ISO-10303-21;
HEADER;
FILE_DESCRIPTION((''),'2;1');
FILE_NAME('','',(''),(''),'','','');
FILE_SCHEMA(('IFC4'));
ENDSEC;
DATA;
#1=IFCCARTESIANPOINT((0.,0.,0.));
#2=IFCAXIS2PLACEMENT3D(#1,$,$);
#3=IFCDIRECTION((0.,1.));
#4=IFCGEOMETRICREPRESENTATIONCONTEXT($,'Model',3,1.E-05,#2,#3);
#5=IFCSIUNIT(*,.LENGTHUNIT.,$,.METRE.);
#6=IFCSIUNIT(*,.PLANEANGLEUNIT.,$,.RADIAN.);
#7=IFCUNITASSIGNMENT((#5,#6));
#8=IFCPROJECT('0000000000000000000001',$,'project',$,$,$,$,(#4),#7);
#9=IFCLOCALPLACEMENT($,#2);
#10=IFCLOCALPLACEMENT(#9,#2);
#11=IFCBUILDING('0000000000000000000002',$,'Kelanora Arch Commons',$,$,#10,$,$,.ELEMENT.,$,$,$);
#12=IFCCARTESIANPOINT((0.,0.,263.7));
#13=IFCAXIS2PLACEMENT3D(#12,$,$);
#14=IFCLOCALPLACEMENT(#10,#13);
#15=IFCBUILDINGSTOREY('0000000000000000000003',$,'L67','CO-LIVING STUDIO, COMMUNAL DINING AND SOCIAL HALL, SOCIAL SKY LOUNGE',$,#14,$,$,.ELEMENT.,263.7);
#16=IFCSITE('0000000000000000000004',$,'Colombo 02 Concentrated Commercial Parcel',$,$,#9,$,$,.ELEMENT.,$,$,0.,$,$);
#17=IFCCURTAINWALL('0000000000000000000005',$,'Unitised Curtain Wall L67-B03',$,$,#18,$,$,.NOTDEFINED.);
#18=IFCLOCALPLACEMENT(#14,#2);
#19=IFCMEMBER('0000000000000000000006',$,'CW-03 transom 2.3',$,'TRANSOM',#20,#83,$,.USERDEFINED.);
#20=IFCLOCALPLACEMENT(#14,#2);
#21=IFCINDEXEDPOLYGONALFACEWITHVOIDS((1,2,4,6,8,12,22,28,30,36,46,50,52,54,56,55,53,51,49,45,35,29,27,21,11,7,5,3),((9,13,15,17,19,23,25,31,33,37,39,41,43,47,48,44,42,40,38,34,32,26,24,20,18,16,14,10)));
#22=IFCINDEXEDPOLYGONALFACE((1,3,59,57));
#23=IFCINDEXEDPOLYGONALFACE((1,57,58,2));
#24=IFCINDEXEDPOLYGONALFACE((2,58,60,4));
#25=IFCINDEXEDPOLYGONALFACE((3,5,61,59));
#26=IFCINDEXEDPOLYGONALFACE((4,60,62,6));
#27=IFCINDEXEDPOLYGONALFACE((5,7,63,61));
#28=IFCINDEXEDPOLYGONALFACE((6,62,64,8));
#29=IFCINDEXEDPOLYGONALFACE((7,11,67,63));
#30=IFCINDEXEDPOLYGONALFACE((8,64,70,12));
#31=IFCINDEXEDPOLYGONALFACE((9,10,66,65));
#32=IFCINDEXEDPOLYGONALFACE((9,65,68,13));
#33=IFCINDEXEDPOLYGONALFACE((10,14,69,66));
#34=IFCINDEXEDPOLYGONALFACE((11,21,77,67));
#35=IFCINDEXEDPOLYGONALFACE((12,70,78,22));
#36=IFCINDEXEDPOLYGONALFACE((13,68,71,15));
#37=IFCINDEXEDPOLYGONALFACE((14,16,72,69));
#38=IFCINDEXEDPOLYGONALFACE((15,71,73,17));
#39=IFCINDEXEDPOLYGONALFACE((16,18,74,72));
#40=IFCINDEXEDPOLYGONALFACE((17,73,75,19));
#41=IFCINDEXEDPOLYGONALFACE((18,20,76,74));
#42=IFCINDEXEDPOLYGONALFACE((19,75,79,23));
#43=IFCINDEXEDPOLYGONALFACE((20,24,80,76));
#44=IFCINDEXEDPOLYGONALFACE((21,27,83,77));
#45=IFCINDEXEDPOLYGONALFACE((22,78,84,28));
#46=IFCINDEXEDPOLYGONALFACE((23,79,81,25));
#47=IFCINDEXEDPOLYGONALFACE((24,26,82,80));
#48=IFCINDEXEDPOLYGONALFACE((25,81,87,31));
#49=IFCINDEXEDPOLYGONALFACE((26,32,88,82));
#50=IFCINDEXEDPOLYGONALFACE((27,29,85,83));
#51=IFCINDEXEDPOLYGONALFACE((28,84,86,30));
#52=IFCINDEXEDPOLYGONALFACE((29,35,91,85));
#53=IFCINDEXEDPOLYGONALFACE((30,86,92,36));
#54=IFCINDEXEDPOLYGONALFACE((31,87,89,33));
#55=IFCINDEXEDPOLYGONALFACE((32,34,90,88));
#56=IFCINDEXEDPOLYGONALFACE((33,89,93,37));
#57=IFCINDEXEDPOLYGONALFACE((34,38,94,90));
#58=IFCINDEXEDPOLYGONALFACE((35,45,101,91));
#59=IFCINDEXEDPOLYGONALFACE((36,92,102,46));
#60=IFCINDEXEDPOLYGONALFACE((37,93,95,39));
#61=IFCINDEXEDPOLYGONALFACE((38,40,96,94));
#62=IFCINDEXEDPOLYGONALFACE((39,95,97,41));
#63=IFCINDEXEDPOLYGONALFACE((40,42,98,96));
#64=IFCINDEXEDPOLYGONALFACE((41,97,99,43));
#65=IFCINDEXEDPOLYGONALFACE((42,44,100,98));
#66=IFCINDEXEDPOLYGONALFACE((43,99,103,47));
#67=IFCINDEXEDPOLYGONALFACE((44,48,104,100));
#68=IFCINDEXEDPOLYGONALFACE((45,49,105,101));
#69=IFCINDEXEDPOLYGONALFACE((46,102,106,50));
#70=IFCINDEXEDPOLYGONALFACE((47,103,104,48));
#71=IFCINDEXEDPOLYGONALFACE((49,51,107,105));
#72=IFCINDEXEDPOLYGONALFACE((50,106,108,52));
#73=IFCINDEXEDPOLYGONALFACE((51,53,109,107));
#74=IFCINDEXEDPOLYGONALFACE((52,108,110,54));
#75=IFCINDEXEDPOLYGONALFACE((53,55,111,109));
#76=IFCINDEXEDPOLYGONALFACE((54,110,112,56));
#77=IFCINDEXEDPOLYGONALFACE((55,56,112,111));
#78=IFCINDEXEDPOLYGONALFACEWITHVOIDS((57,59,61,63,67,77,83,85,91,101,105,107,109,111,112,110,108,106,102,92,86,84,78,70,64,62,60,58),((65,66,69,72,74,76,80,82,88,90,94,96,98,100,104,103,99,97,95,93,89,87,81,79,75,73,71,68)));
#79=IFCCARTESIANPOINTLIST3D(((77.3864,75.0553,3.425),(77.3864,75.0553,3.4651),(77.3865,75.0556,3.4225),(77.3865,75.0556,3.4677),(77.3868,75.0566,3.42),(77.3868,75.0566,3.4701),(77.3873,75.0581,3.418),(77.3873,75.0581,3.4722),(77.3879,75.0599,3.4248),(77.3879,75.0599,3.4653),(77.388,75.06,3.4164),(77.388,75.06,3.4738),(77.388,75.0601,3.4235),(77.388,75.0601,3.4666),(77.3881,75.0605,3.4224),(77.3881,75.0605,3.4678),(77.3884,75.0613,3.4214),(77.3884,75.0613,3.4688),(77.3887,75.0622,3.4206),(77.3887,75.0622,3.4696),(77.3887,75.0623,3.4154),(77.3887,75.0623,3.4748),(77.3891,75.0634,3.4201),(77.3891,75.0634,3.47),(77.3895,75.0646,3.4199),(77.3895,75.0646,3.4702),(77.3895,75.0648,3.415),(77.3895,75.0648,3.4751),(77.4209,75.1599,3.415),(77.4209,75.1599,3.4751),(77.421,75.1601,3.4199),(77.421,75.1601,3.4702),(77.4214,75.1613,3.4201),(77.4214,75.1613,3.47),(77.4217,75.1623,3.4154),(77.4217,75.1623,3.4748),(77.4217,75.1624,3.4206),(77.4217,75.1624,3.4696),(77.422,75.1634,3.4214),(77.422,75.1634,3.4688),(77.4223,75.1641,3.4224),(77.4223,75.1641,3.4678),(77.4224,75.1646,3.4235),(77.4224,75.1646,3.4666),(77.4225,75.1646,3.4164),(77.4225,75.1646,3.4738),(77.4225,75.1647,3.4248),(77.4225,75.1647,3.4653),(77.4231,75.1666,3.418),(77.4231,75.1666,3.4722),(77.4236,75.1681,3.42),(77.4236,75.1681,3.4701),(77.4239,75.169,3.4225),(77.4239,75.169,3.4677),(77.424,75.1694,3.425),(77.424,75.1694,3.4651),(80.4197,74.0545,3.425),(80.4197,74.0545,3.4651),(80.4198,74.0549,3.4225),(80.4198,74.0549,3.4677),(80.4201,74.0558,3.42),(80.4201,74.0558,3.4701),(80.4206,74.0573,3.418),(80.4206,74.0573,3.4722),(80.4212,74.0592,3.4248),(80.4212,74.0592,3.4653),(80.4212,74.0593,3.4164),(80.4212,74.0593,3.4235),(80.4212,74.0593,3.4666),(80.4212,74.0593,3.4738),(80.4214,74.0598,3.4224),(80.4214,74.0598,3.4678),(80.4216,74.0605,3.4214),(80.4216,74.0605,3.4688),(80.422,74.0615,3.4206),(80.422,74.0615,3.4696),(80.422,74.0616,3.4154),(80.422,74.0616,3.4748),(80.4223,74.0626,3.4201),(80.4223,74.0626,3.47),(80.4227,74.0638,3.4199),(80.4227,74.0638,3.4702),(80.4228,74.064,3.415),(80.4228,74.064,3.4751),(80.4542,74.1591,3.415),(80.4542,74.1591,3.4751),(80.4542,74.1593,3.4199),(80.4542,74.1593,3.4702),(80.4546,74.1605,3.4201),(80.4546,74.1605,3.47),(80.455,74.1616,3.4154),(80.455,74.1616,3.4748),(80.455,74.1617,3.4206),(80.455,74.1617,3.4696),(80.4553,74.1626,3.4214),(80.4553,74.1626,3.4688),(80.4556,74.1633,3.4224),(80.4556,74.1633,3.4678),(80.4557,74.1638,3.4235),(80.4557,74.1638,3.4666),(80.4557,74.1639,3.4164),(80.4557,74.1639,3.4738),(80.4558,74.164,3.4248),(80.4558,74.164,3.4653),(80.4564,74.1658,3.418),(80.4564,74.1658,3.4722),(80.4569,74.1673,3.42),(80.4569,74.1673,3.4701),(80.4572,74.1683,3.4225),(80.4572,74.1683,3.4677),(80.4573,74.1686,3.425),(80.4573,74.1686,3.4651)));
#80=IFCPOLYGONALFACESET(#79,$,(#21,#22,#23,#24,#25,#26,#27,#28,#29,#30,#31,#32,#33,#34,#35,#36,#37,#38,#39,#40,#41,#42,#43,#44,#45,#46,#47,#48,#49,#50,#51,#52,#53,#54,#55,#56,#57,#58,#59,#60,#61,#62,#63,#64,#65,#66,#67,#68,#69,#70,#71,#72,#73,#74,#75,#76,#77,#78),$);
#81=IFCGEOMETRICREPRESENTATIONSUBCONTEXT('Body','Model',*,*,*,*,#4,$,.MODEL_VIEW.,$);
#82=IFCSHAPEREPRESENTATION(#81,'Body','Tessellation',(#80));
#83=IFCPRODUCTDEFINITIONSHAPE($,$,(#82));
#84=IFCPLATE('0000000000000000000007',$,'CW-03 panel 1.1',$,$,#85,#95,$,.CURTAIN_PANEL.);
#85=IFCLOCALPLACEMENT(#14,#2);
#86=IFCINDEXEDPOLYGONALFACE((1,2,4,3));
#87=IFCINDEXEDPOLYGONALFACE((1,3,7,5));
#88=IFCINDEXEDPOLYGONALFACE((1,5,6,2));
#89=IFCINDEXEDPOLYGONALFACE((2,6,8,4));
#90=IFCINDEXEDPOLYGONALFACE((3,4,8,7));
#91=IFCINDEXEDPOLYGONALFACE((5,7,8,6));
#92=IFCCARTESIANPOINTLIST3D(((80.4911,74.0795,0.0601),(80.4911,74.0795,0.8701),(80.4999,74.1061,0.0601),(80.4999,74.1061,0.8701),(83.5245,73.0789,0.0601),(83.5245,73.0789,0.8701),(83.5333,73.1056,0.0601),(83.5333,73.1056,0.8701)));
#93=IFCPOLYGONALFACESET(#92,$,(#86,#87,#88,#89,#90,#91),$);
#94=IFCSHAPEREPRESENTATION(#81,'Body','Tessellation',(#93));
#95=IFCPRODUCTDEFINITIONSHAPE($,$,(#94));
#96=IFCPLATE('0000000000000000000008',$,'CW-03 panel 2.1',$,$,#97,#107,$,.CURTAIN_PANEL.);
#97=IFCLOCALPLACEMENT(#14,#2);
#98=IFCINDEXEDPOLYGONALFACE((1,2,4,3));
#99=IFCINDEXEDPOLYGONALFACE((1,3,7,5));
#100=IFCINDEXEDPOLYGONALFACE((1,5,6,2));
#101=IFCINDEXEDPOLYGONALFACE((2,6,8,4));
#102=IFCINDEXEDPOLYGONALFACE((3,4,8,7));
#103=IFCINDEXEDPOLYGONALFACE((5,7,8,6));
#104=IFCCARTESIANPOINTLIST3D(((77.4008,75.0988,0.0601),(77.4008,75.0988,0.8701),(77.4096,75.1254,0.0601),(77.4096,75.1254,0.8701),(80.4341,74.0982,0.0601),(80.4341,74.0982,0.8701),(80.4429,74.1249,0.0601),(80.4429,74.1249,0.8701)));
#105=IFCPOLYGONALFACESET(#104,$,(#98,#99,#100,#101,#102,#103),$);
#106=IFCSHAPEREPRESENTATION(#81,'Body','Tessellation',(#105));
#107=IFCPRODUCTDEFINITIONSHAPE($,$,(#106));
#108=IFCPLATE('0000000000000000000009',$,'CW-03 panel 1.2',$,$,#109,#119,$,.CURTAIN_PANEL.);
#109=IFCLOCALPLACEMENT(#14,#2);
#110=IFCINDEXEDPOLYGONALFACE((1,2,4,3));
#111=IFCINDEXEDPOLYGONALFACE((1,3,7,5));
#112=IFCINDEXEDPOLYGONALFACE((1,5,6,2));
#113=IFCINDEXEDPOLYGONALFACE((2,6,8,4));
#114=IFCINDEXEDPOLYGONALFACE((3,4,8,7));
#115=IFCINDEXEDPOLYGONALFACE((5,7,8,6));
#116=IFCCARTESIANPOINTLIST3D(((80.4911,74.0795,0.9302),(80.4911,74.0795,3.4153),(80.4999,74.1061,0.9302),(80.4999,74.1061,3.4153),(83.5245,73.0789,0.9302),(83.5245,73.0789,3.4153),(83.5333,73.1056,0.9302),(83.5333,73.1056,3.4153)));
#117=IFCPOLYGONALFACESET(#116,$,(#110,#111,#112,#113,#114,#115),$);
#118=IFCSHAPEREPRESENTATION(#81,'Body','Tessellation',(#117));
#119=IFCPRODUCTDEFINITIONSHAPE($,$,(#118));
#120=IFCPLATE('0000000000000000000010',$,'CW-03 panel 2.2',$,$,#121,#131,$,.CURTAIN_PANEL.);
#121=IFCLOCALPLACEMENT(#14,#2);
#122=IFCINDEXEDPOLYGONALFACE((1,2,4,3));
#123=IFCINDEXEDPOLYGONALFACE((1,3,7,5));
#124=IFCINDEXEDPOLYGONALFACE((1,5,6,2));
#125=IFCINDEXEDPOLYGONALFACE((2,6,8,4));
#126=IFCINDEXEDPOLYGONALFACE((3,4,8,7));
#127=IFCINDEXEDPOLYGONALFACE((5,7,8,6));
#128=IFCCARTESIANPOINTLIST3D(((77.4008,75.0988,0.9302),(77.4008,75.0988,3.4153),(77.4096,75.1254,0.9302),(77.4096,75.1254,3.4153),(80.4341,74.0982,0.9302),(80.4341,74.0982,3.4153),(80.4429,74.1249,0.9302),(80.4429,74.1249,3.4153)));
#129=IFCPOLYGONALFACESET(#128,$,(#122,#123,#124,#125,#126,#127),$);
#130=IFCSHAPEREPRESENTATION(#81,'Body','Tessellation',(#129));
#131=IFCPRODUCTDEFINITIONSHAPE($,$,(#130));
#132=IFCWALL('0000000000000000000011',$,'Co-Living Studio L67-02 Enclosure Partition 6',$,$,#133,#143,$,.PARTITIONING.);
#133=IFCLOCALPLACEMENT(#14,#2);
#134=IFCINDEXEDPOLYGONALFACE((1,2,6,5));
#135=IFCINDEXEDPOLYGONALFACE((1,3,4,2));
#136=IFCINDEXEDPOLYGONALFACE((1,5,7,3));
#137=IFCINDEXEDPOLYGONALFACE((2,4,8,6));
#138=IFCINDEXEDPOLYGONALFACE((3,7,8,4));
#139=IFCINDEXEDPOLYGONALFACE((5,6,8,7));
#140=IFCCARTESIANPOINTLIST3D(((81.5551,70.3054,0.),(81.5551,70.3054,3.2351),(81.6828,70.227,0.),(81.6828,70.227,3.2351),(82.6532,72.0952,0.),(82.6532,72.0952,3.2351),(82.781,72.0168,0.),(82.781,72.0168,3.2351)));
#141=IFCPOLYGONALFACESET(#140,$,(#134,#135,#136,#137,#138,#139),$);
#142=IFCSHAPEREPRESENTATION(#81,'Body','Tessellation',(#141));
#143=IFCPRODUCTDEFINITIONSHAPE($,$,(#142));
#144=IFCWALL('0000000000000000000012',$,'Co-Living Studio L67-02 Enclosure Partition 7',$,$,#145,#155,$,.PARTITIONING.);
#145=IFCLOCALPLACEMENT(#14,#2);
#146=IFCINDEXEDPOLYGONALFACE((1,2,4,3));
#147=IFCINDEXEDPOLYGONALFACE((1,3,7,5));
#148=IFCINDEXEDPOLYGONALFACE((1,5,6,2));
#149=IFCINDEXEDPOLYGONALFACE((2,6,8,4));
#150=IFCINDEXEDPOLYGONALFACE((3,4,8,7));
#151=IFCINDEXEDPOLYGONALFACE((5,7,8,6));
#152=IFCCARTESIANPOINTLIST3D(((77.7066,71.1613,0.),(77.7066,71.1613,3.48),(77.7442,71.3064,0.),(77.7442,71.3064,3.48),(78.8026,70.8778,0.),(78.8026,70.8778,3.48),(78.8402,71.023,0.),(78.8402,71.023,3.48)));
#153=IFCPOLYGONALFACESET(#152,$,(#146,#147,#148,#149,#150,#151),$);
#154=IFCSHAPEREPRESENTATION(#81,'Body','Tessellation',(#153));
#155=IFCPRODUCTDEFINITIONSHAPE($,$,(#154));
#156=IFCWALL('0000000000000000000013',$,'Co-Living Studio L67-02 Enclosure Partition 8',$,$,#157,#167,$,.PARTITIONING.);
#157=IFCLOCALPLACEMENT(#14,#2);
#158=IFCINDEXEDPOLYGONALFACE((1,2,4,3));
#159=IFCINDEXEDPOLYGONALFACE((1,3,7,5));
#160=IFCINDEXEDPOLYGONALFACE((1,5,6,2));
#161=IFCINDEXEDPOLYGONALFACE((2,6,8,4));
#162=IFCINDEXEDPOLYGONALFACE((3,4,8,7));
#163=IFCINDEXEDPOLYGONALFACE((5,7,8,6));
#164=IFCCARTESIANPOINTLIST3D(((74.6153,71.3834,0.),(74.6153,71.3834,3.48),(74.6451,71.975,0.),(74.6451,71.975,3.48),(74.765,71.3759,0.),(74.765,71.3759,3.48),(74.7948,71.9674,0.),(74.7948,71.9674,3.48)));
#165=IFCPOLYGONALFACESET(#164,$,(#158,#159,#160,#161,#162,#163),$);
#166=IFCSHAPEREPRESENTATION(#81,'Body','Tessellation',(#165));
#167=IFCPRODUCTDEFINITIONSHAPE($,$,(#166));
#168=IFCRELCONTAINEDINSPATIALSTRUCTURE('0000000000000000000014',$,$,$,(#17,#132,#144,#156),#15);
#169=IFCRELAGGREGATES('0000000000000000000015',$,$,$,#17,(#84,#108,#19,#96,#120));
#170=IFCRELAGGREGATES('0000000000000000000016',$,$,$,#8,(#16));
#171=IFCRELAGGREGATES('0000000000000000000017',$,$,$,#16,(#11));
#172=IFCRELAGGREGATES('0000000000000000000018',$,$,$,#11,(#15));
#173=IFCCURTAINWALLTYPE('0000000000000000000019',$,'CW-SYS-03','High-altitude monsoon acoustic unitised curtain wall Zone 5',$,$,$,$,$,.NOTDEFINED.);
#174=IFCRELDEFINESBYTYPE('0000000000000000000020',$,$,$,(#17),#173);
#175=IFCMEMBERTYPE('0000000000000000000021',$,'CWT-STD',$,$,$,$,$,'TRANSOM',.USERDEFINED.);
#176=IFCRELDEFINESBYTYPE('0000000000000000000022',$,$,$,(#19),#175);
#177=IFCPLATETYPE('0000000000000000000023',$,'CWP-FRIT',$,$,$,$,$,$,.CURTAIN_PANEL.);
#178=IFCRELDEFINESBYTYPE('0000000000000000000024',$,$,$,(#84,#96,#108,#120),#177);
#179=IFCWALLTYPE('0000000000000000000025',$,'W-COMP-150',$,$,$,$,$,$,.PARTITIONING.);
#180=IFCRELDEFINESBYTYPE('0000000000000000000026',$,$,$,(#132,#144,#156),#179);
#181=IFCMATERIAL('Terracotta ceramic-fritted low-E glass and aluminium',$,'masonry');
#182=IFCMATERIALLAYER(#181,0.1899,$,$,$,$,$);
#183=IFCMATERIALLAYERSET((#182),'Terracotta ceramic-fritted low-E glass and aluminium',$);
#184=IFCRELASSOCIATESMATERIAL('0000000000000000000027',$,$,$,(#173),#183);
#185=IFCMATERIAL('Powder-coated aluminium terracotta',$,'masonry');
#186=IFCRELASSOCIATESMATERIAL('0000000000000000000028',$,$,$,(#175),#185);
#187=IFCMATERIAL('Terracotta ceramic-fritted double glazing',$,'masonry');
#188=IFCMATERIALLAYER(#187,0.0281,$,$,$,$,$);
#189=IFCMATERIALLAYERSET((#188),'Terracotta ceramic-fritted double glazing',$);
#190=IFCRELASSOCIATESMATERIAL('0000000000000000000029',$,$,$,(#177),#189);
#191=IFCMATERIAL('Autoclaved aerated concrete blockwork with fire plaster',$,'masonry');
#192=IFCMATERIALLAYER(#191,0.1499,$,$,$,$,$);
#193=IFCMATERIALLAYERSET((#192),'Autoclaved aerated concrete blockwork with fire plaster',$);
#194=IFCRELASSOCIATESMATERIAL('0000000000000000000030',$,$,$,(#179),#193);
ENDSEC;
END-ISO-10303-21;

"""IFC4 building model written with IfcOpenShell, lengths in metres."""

from ifc_helpers import new_model, si_unit, direction, frame, frame_2d, origin, origin_2d, place, context, subcontext, project, spatial, rectangle, hollow_rectangle, extrude, source, transform, mapped, material, layer, layer_set, material_profile, profile_set, type_object, element, aggregate, save


model = new_model("IFC4")

# Units and contexts
model_context = context("Model", 3, precision=1e-05, world=origin(), true_north=direction((0.0, 1.0)))
body_context = subcontext(model_context, "Body", "Model", "MODEL_VIEW")
ifc_project = project(units=[si_unit("LENGTHUNIT", "METRE"), si_unit("PLANEANGLEUNIT", "RADIAN")], contexts=[model_context])

# Site, building, storey
site_placement = place(None, origin())
site = spatial("IfcSite", under=ifc_project, at=site_placement, Name="Colombo 02 Concentrated Commercial Parcel", CompositionType="ELEMENT", RefElevation=0.0)
building_placement = place(site_placement, origin())
building = spatial("IfcBuilding", under=site, at=building_placement, Name="Kelanora Arch Commons", CompositionType="ELEMENT")
storey_placement = place(building_placement, frame((0.0, 0.0, 263.7)))
storey = spatial("IfcBuildingStorey", under=building, at=storey_placement, Name="L67", Description="CO-LIVING STUDIO, COMMUNAL DINING AND SOCIAL HALL, SOCIAL SKY LOUNGE", CompositionType="ELEMENT", Elevation=263.7)

# Curtain wall, member, plates
ifc_material_1 = material(Name="Terracotta ceramic-fritted low-E glass and aluminium", Category="masonry")
ifc_layer_1 = layer(ifc_material_1, 0.1899)
ifc_layer_set_1 = layer_set([ifc_layer_1], Name="Terracotta ceramic-fritted low-E glass and aluminium")
curtain_wall_type = type_object("IfcCurtainWallType", Name="CW-SYS-03", Description="High-altitude monsoon acoustic unitised curtain wall Zone 5", PredefinedType="NOTDEFINED", material=ifc_layer_set_1)
curtain_wall_placement = place(storey_placement, origin())
curtain_wall = element("IfcCurtainWall", 1, at=curtain_wall_placement, inside=storey, type_object=curtain_wall_type, Name="Unitised Curtain Wall L67-B03", PredefinedType="NOTDEFINED")
ifc_material_2 = material(Name="Powder-coated aluminium terracotta", Category="masonry")
ifc_material_profile_1 = material_profile(ifc_material_2, hollow_rectangle(XDim=0.1201, YDim=0.0601, WallThickness=0.0049, InnerFilletRadius=0.0049, OuterFilletRadius=0.01, at=origin_2d()), Name="CWT120x60")
ifc_profile_set_1 = profile_set([ifc_material_profile_1], Name="Powder-coated aluminium terracotta")
member_type_1 = type_object("IfcMemberType", Name="CWT-STD", ElementType="TRANSOM", PredefinedType="USERDEFINED", material=ifc_profile_set_1)
member_1_placement = place(storey_placement, frame((80.4385, 74.1116, 3.4451), z_axis=(-0.94965, 0.313314, 0.0), x_axis=(-0.313314, -0.94965, 0.0)))
member_1 = element("IfcMember", 2, at=member_1_placement, type_object=member_type_1, Name="CW-03 transom 2.3", ObjectType="TRANSOM", PredefinedType="USERDEFINED", context=body_context, shape_type="SweptSolid", body=[
    extrude(hollow_rectangle(XDim=0.1201, YDim=0.0601, WallThickness=0.0049, InnerFilletRadius=0.0049, OuterFilletRadius=0.01, at=origin_2d()), origin(), (0.0, 0.0, 1.0), 3.1941),
])
ifc_material_3 = material(Name="Terracotta ceramic-fritted double glazing", Category="masonry")
ifc_layer_2 = layer(ifc_material_3, 0.0281)
ifc_layer_set_2 = layer_set([ifc_layer_2], Name="Terracotta ceramic-fritted double glazing")
plate_type = type_object("IfcPlateType", Name="CWP-FRIT", PredefinedType="CURTAIN_PANEL", material=ifc_layer_set_2)
shared_shape_1 = source(origin(), body_context, "Body", "SweptSolid", [
    extrude(rectangle(XDim=3.1941, YDim=0.0281, at=origin_2d()), origin(), (0.0, 0.0, 1.0), 0.8101),
])
plate_1_placement = place(storey_placement, frame((82.0122, 73.5925, 0.0601), z_axis=(0.0, 0.0, 1.0), x_axis=(-0.94967, 0.313253, 0.0)))
plate_1 = element("IfcPlate", 3, at=plate_1_placement, type_object=plate_type, Name="CW-03 panel 1.1", PredefinedType="CURTAIN_PANEL", context=body_context, shape_type="MappedRepresentation", body=[
    mapped(shared_shape_1, transform((0.0, 0.0, 0.0), scale=1.0)),
])
plate_2_placement = place(storey_placement, frame((78.9219, 74.6118, 0.0601), z_axis=(0.0, 0.0, 1.0), x_axis=(-0.94967, 0.313253, 0.0)))
plate_2 = element("IfcPlate", 4, at=plate_2_placement, type_object=plate_type, Name="CW-03 panel 2.1", PredefinedType="CURTAIN_PANEL", context=body_context, shape_type="MappedRepresentation", body=[
    mapped(shared_shape_1, transform((0.0, 0.0, 0.0), scale=1.0)),
])
shared_shape_2 = source(origin(), body_context, "Body", "SweptSolid", [
    extrude(rectangle(XDim=3.1941, YDim=0.0281, at=origin_2d()), origin(), (0.0, 0.0, 1.0), 2.4851),
])
plate_3_placement = place(storey_placement, frame((82.0122, 73.5925, 0.9302), z_axis=(0.0, 0.0, 1.0), x_axis=(-0.94967, 0.313253, 0.0)))
plate_3 = element("IfcPlate", 5, at=plate_3_placement, type_object=plate_type, Name="CW-03 panel 1.2", PredefinedType="CURTAIN_PANEL", context=body_context, shape_type="MappedRepresentation", body=[
    mapped(shared_shape_2, transform((0.0, 0.0, 0.0), scale=1.0)),
])
plate_4_placement = place(storey_placement, frame((78.9219, 74.6118, 0.9302), z_axis=(0.0, 0.0, 1.0), x_axis=(-0.94967, 0.313253, 0.0)))
plate_4 = element("IfcPlate", 6, at=plate_4_placement, type_object=plate_type, Name="CW-03 panel 2.2", PredefinedType="CURTAIN_PANEL", context=body_context, shape_type="MappedRepresentation", body=[
    mapped(shared_shape_2, transform((0.0, 0.0, 0.0), scale=1.0)),
])
aggregate(curtain_wall, [plate_1, plate_3, member_1, plate_2, plate_4])

# Walls
ifc_material_4 = material(Name="Autoclaved aerated concrete blockwork with fire plaster", Category="masonry")
ifc_layer_3 = layer(ifc_material_4, 0.1499)
ifc_layer_set_3 = layer_set([ifc_layer_3], Name="Autoclaved aerated concrete blockwork with fire plaster")
wall_type_1 = type_object("IfcWallType", Name="W-COMP-150", PredefinedType="PARTITIONING", material=ifc_layer_set_3)
wall_1_placement = place(storey_placement, frame((82.717, 72.0559, 0.0), z_axis=(0.0, 0.0, 1.0), x_axis=(-0.522968, -0.852352, 0.0)))
element("IfcWall", 7, at=wall_1_placement, inside=storey, type_object=wall_type_1, Name="Co-Living Studio L67-02 Enclosure Partition 6", PredefinedType="PARTITIONING", context=body_context, shape_type="SweptSolid", body=[
    extrude(rectangle(XDim=2.0999, YDim=0.1499, at=frame_2d((1.0498, 0.0))), origin(), (0.0, 0.0, 1.0), 3.2351),
])
wall_2_placement = place(storey_placement, frame((78.8213, 70.9504, 0.0), z_axis=(0.0, 0.0, 1.0), x_axis=(-0.968144, 0.250393, 0.0)))
element("IfcWall", 8, at=wall_2_placement, inside=storey, type_object=wall_type_1, Name="Co-Living Studio L67-02 Enclosure Partition 7", PredefinedType="PARTITIONING", context=body_context, shape_type="SweptSolid", body=[
    extrude(rectangle(XDim=1.1321, YDim=0.1499, at=frame_2d((0.5659, 0.0))), origin(), (0.0, 0.0, 1.0), 3.48),
])
wall_3_placement = place(storey_placement, frame((74.72, 71.9712, 0.0), z_axis=(0.0, 0.0, 1.0), x_axis=(-0.050287, -0.998735, 0.0)))
element("IfcWall", 9, at=wall_3_placement, inside=storey, type_object=wall_type_1, Name="Co-Living Studio L67-02 Enclosure Partition 8", PredefinedType="PARTITIONING", context=body_context, shape_type="SweptSolid", body=[
    extrude(rectangle(XDim=0.5923, YDim=0.1499, at=frame_2d((0.2961, 0.0))), origin(), (0.0, 0.0, 1.0), 3.48),
])

save(model, "model.ifc")
